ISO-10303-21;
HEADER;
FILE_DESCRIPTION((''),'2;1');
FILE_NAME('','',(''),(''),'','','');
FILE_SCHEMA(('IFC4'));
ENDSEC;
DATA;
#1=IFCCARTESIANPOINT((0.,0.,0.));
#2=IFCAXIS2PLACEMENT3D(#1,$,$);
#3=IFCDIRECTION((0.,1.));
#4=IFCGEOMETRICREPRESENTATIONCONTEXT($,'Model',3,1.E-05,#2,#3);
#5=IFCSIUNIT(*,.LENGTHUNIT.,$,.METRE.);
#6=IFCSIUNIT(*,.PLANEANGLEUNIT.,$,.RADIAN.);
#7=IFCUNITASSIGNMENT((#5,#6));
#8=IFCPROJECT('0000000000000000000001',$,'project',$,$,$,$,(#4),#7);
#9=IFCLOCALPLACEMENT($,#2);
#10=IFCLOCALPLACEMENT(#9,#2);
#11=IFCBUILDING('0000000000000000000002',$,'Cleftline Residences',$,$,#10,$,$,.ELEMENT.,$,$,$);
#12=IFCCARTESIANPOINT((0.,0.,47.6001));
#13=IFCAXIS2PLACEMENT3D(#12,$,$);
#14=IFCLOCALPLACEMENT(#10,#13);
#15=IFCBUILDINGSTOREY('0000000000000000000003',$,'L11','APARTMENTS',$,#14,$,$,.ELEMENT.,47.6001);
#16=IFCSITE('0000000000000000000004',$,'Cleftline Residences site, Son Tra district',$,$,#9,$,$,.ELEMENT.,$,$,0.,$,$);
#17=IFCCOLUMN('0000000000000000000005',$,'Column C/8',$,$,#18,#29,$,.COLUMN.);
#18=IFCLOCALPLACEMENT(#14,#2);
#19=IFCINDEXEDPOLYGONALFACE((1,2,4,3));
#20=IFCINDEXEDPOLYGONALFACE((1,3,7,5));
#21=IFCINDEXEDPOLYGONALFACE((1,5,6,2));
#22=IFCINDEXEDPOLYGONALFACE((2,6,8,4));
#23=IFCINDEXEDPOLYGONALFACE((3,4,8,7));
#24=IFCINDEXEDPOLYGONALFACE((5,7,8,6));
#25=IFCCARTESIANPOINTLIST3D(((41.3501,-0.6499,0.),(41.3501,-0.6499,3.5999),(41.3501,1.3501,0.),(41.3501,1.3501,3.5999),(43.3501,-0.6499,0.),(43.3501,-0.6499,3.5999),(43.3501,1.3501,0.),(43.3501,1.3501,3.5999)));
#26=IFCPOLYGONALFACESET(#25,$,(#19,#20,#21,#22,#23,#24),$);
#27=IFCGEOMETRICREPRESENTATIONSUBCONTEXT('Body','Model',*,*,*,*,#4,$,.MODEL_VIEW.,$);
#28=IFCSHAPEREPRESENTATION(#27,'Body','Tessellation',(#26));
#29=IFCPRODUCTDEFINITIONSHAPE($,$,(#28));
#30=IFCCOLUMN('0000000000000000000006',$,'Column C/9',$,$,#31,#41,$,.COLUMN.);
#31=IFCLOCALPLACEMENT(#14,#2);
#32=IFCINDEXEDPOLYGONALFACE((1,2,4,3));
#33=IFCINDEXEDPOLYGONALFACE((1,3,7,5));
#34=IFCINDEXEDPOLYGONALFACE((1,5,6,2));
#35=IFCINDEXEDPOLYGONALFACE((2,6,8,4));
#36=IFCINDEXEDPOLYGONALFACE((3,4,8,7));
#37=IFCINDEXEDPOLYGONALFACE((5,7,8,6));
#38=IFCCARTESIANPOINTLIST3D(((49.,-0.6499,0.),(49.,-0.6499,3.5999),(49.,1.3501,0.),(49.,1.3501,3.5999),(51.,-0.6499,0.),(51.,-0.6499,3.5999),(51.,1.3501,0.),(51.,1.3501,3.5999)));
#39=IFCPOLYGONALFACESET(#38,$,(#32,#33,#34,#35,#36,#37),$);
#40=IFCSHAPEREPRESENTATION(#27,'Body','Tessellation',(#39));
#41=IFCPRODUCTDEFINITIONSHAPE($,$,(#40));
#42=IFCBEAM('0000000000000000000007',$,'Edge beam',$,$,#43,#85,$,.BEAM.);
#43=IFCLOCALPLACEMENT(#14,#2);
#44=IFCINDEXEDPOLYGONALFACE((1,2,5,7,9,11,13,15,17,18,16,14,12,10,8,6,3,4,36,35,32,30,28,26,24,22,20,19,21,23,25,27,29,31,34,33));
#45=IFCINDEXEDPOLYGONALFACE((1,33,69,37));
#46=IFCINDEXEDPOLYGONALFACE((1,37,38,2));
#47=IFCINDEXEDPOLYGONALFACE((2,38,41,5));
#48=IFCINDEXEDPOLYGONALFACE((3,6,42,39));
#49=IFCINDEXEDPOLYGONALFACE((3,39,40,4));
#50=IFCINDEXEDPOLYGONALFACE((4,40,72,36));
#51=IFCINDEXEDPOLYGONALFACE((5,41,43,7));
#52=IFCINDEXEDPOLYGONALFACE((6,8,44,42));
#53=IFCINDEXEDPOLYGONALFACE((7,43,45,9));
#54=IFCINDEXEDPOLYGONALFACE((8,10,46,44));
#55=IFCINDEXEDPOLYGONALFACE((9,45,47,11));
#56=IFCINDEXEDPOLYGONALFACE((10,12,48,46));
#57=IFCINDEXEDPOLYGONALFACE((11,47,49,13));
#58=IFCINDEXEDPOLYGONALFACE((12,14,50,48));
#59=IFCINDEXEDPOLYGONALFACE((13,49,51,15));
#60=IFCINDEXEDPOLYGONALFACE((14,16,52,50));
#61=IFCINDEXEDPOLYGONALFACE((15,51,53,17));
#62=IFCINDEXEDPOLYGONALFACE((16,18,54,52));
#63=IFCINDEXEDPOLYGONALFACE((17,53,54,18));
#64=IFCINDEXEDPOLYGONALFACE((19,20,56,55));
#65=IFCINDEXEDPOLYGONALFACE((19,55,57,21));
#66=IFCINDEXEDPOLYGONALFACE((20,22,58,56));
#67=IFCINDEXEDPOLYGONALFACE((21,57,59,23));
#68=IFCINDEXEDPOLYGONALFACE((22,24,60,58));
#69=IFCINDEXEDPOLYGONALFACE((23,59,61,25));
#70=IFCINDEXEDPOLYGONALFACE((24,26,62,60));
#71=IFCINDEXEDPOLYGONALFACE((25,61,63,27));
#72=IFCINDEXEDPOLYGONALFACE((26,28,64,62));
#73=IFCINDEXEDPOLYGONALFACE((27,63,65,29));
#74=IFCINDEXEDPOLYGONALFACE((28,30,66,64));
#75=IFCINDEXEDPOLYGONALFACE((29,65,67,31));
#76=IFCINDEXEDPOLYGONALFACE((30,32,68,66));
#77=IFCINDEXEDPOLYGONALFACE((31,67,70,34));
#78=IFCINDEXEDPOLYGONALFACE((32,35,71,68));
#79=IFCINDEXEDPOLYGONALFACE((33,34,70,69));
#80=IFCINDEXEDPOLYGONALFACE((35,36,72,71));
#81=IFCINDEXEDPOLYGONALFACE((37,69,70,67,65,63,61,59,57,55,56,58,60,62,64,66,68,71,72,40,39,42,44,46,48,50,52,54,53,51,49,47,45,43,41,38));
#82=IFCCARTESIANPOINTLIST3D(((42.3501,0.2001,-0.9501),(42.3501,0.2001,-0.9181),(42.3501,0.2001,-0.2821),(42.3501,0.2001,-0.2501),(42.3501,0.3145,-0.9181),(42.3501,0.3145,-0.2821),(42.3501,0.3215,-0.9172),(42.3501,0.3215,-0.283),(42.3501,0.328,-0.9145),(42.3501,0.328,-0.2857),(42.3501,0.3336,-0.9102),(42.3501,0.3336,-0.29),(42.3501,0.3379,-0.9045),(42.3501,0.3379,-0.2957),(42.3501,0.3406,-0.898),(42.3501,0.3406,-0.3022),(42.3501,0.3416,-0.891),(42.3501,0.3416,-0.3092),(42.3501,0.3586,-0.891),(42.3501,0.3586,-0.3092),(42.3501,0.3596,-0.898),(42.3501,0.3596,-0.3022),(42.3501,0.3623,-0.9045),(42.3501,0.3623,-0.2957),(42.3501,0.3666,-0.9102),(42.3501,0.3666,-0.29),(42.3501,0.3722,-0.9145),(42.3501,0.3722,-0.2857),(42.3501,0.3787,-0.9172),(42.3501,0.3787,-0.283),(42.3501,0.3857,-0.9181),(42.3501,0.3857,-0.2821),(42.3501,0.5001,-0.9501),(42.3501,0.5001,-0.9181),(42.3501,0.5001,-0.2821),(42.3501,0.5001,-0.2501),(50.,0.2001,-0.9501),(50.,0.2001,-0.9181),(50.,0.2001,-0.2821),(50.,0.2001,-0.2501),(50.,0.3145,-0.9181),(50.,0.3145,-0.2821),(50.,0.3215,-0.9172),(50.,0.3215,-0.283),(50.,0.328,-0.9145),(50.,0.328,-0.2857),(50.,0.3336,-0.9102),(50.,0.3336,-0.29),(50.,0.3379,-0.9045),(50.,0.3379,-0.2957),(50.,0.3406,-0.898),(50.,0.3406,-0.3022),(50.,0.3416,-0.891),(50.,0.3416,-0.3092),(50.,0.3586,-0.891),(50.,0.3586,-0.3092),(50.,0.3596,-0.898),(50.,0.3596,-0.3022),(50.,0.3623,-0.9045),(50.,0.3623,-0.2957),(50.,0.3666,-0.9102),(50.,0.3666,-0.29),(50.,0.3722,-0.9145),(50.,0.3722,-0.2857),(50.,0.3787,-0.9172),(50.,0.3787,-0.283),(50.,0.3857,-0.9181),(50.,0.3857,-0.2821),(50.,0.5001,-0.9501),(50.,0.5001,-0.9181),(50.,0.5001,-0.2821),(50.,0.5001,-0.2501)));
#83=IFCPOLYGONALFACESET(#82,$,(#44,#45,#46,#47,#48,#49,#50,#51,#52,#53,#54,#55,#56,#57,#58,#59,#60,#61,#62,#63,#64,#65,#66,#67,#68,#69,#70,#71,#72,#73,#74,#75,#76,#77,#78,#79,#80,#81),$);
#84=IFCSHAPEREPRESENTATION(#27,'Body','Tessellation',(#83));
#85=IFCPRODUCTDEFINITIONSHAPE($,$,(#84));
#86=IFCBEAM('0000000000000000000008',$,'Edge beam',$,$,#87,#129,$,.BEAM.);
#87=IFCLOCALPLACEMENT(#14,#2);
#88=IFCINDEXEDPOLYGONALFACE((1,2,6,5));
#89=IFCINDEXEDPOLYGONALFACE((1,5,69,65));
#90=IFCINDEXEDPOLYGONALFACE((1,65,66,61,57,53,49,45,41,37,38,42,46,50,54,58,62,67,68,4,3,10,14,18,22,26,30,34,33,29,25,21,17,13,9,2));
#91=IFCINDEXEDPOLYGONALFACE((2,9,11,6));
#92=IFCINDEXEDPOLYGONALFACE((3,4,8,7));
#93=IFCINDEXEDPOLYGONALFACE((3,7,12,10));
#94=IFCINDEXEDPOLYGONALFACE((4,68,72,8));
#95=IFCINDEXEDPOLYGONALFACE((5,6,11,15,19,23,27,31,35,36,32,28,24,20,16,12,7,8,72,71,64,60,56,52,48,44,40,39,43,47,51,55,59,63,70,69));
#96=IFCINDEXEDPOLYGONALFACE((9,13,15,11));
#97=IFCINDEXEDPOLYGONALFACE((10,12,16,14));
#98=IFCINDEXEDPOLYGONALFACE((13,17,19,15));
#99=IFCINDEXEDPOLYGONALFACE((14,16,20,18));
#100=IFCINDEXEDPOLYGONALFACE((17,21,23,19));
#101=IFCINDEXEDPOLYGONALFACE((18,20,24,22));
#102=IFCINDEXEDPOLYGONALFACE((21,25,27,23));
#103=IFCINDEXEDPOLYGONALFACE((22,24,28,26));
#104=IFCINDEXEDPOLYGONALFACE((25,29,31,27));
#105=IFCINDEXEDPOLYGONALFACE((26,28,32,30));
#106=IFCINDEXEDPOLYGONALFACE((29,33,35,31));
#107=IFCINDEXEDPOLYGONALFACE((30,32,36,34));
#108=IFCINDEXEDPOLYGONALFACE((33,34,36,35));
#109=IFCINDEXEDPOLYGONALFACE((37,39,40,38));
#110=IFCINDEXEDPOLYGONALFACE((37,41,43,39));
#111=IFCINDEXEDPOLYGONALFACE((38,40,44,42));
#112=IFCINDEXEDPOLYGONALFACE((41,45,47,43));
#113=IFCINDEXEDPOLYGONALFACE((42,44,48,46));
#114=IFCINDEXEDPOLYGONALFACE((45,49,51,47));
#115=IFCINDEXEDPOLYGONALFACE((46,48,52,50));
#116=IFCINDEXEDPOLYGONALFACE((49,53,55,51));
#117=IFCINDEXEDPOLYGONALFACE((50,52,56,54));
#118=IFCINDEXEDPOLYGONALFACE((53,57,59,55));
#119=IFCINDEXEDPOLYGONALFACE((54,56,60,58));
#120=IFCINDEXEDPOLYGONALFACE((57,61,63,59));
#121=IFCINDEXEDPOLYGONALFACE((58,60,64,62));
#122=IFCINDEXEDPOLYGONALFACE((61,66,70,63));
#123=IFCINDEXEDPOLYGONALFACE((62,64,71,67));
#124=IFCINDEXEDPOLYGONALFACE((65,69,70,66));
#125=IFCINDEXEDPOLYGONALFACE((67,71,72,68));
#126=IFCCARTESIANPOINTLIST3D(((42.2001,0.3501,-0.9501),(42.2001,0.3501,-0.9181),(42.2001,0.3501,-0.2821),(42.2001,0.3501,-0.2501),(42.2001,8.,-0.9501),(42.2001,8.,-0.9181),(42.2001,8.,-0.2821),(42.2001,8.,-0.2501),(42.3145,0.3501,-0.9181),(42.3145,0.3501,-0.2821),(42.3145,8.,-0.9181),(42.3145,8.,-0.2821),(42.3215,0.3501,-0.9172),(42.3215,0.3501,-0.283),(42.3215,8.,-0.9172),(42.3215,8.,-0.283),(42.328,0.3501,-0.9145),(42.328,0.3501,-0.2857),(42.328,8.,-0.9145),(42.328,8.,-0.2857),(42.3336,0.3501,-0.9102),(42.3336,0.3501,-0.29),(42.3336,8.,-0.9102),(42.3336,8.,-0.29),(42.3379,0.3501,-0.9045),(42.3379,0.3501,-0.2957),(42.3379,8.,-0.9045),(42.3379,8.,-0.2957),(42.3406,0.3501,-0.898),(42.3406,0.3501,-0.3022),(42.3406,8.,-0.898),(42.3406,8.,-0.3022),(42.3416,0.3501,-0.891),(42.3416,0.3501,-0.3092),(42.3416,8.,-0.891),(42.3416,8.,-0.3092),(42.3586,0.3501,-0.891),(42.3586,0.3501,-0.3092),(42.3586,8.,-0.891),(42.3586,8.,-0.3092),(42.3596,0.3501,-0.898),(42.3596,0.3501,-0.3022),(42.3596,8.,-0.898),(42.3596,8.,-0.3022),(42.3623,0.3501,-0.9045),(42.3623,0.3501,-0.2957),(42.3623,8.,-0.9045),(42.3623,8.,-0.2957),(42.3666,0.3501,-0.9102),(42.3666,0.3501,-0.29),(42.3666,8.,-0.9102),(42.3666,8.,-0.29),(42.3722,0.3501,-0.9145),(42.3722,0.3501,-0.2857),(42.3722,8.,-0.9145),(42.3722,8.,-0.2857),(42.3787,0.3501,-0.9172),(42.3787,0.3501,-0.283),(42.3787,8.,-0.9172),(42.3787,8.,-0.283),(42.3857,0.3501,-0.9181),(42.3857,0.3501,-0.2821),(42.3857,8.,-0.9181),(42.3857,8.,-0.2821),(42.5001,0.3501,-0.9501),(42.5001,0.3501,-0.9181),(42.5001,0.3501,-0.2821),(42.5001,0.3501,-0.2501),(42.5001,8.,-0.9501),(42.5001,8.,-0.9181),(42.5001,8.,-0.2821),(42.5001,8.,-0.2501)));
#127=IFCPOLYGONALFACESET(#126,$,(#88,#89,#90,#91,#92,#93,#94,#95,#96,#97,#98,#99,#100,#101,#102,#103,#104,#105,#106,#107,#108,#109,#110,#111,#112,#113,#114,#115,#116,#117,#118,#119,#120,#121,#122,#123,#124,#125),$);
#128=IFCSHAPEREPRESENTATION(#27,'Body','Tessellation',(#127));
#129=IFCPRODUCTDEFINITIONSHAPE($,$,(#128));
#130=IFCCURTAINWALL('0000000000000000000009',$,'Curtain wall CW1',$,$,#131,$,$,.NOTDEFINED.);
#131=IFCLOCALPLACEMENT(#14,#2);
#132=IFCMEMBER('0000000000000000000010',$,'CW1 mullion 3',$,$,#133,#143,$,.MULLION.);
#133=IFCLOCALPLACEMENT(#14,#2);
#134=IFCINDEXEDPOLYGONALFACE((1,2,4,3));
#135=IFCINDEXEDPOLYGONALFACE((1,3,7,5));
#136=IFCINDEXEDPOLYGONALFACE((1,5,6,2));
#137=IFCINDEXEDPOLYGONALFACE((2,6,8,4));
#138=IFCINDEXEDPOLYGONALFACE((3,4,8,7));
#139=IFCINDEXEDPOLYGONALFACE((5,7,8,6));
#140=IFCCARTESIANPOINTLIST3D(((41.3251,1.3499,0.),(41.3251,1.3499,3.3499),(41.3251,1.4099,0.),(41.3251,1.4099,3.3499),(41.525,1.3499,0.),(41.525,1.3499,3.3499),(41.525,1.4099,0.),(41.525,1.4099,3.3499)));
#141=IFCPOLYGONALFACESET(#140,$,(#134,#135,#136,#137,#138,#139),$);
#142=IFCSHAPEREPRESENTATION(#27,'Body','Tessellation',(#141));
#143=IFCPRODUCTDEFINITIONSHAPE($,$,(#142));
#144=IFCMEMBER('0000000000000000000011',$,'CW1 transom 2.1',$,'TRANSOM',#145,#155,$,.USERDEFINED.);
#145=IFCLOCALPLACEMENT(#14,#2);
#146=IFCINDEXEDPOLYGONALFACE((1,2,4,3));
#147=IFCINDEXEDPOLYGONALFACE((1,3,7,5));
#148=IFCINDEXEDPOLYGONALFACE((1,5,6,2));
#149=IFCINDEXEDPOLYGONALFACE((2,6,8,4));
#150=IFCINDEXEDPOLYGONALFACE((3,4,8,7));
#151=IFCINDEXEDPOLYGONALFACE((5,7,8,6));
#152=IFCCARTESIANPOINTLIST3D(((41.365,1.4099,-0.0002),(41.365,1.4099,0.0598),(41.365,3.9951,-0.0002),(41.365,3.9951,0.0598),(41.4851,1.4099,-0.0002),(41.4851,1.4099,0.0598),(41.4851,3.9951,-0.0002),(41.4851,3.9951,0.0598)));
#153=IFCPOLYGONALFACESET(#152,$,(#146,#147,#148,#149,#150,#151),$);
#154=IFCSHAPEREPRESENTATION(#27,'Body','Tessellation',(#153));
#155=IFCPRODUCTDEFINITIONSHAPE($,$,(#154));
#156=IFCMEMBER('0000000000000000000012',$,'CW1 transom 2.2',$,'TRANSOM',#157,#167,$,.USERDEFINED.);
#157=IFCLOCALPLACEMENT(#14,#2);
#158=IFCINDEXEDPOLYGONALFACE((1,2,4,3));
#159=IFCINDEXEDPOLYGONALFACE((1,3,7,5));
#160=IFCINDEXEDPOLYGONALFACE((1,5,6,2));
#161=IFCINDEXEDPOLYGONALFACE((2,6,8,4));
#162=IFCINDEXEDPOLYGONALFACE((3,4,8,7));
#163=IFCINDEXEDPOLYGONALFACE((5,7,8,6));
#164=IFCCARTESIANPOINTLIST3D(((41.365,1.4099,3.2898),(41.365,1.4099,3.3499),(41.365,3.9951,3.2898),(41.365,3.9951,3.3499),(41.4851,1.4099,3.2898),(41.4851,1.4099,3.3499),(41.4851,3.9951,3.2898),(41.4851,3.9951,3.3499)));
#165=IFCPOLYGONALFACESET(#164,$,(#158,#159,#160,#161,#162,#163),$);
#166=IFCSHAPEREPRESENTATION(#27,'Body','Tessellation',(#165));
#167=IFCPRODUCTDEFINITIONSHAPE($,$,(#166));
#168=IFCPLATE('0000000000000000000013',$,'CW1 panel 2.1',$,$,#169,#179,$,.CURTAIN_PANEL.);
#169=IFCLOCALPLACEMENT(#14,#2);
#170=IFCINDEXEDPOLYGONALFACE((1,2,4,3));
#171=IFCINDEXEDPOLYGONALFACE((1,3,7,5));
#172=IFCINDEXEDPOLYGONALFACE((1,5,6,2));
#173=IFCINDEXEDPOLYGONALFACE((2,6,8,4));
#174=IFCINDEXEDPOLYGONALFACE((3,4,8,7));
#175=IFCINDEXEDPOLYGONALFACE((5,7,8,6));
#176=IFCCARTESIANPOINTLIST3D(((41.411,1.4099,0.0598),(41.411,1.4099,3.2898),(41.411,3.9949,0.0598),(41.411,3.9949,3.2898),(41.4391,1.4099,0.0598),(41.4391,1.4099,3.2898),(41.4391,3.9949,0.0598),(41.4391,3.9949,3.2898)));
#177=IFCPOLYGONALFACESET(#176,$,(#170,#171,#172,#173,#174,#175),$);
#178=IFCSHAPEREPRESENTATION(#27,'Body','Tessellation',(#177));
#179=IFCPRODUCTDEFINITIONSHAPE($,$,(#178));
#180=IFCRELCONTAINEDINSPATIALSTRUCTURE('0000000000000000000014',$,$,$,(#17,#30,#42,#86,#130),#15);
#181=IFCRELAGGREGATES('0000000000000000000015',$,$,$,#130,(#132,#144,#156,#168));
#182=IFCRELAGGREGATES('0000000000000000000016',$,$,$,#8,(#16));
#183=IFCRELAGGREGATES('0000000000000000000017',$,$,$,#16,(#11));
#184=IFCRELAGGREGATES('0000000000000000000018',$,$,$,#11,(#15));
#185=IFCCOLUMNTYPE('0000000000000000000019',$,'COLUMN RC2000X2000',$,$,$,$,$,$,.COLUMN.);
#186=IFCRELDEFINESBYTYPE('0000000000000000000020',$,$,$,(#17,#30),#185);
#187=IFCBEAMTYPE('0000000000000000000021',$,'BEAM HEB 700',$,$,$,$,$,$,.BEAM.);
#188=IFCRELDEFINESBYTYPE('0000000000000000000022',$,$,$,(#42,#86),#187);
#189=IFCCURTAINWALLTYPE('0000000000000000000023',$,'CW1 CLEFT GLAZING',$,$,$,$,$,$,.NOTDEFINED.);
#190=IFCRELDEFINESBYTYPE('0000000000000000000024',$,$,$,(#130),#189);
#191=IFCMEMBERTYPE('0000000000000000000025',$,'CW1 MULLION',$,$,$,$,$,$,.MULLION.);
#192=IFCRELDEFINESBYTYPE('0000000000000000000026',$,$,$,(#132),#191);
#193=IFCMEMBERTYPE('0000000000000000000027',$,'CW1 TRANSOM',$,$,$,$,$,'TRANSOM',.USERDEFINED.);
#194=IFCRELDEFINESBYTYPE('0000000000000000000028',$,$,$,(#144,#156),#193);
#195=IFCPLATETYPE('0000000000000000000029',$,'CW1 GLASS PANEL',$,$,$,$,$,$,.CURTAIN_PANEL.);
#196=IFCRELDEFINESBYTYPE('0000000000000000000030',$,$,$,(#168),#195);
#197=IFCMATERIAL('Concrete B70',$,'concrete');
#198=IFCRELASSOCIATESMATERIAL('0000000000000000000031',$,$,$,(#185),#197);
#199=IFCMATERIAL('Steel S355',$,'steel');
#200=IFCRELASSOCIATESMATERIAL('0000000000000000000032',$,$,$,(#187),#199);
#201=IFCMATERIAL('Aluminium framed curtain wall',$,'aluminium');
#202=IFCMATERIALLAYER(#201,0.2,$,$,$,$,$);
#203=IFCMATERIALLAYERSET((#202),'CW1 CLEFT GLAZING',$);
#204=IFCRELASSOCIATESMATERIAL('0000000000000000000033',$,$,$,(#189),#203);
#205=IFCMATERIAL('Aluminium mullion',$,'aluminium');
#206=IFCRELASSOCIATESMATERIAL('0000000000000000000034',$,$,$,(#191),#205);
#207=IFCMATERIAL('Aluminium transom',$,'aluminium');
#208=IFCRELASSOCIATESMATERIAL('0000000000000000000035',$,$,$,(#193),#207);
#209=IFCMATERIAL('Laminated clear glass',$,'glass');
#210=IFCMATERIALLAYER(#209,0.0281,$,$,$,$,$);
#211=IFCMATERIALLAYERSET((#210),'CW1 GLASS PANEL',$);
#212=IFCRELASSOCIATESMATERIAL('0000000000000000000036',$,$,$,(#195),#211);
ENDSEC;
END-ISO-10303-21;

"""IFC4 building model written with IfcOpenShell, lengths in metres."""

from ifc_helpers import new_model, si_unit, direction, frame, origin, origin_2d, place, context, subcontext, project, spatial, rectangle, i_section, extrude, material, layer, layer_set, material_profile, profile_set, type_object, element, aggregate, save


model = new_model("IFC4")

# Units and contexts
model_context = context("Model", 3, precision=1e-05, world=origin(), true_north=direction((0.0, 1.0)))
body_context = subcontext(model_context, "Body", "Model", "MODEL_VIEW")
ifc_project = project(units=[si_unit("LENGTHUNIT", "METRE"), si_unit("PLANEANGLEUNIT", "RADIAN")], contexts=[model_context])

# Site, building, storey
site_placement = place(None, origin())
site = spatial("IfcSite", under=ifc_project, at=site_placement, Name="Cleftline Residences site, Son Tra district", CompositionType="ELEMENT", RefElevation=0.0)
building_placement = place(site_placement, origin())
building = spatial("IfcBuilding", under=site, at=building_placement, Name="Cleftline Residences", CompositionType="ELEMENT")
storey_placement = place(building_placement, frame((0.0, 0.0, 47.6001)))
storey = spatial("IfcBuildingStorey", under=building, at=storey_placement, Name="L11", Description="APARTMENTS", CompositionType="ELEMENT", Elevation=47.6001)

# Columns
ifc_material_1 = material(Name="Concrete B70", Category="concrete")
ifc_material_profile_1 = material_profile(ifc_material_1, rectangle(XDim=2.0, YDim=2.0, at=origin_2d()))
ifc_profile_set_1 = profile_set([ifc_material_profile_1], Name="Concrete B70")
column_type = type_object("IfcColumnType", Name="COLUMN RC2000X2000", PredefinedType="COLUMN", material=ifc_profile_set_1)
for number, where, z_axis, x_axis, name in (
    (1, (42.3501, 0.3501, 0.0), (0.0, 0.0, 1.0), (1.0, 0.0, 0.0), "Column C/8"),
    (2, (50.0, 0.3501, 0.0), (0.0, 0.0, 1.0), (1.0, 0.0, 0.0), "Column C/9"),
):
    element("IfcColumn", number, at=place(storey_placement, frame(where, z_axis=z_axis, x_axis=x_axis)), inside=storey, type_object=column_type, Name=name, PredefinedType="COLUMN", context=body_context, shape_type="SweptSolid", body=[
        extrude(rectangle(XDim=2.0, YDim=2.0, at=origin_2d()), origin(), (0.0, 0.0, 1.0), 3.5999),
    ])

# Beams
ifc_material_2 = material(Name="Steel S355", Category="steel")
ifc_material_profile_2 = material_profile(ifc_material_2, i_section(OverallWidth=0.3, OverallDepth=0.7, WebThickness=0.0171, FlangeThickness=0.032, FilletRadius=0.0271, at=origin_2d()))
ifc_profile_set_2 = profile_set([ifc_material_profile_2], Name="Steel S355")
beam_type = type_object("IfcBeamType", Name="BEAM HEB 700", PredefinedType="BEAM", material=ifc_profile_set_2)
for number, where, z_axis, x_axis, name in (
    (3, (50.0, 0.3501, -0.6001), (-1.0, 0.0, 0.0), (0.0, -1.0, 0.0), "Edge beam"),
    (4, (42.3501, 0.3501, -0.6001), (0.0, 1.0, 0.0), (-1.0, 0.0, 0.0), "Edge beam"),
):
    element("IfcBeam", number, at=place(storey_placement, frame(where, z_axis=z_axis, x_axis=x_axis)), inside=storey, type_object=beam_type, Name=name, PredefinedType="BEAM", context=body_context, shape_type="SweptSolid", body=[
        extrude(i_section(OverallWidth=0.3, OverallDepth=0.7, WebThickness=0.0171, FlangeThickness=0.032, FilletRadius=0.0271, at=origin_2d()), origin(), (0.0, 0.0, 1.0), 7.6499),
    ])

# Curtain wall, members, plate
ifc_material_3 = material(Name="Aluminium framed curtain wall", Category="aluminium")
ifc_layer_1 = layer(ifc_material_3, 0.2)
ifc_layer_set_1 = layer_set([ifc_layer_1], Name="CW1 CLEFT GLAZING")
curtain_wall_type = type_object("IfcCurtainWallType", Name="CW1 CLEFT GLAZING", PredefinedType="NOTDEFINED", material=ifc_layer_set_1)
curtain_wall_placement = place(storey_placement, origin())
curtain_wall = element("IfcCurtainWall", 5, at=curtain_wall_placement, inside=storey, type_object=curtain_wall_type, Name="Curtain wall CW1", PredefinedType="NOTDEFINED")
ifc_material_4 = material(Name="Aluminium mullion", Category="aluminium")
ifc_material_profile_3 = material_profile(ifc_material_4, rectangle(XDim=0.2, YDim=0.0601, at=origin_2d()))
ifc_profile_set_3 = profile_set([ifc_material_profile_3], Name="Aluminium mullion")
member_type_1 = type_object("IfcMemberType", Name="CW1 MULLION", PredefinedType="MULLION", material=ifc_profile_set_3)
member_1_placement = place(storey_placement, frame((41.425, 1.3799, 0.0), z_axis=(0.0, 0.0, 1.0), x_axis=(1.0, 0.0, 0.0)))
member_1 = element("IfcMember", 6, at=member_1_placement, type_object=member_type_1, Name="CW1 mullion 3", PredefinedType="MULLION", context=body_context, shape_type="SweptSolid", body=[
    extrude(rectangle(XDim=0.2, YDim=0.0601, at=origin_2d()), origin(), (0.0, 0.0, 1.0), 3.3499),
])
ifc_material_5 = material(Name="Aluminium transom", Category="aluminium")
ifc_material_profile_4 = material_profile(ifc_material_5, rectangle(XDim=0.1201, YDim=0.0601, at=origin_2d()))
ifc_profile_set_4 = profile_set([ifc_material_profile_4], Name="Aluminium transom")
member_type_2 = type_object("IfcMemberType", Name="CW1 TRANSOM", ElementType="TRANSOM", PredefinedType="USERDEFINED", material=ifc_profile_set_4)
member_2_placement = place(storey_placement, frame((41.425, 3.9951, 0.0298), z_axis=(0.0, -1.0, 0.0), x_axis=(1.0, 0.0, 0.0)))
member_2 = element("IfcMember", 7, at=member_2_placement, type_object=member_type_2, Name="CW1 transom 2.1", ObjectType="TRANSOM", PredefinedType="USERDEFINED", context=body_context, shape_type="SweptSolid", body=[
    extrude(rectangle(XDim=0.1201, YDim=0.0601, at=origin_2d()), origin(), (0.0, 0.0, 1.0), 2.5852),
])
member_3_placement = place(storey_placement, frame((41.425, 3.9951, 3.3198), z_axis=(0.0, -1.0, 0.0), x_axis=(1.0, 0.0, 0.0)))
member_3 = element("IfcMember", 8, at=member_3_placement, type_object=member_type_2, Name="CW1 transom 2.2", ObjectType="TRANSOM", PredefinedType="USERDEFINED", context=body_context, shape_type="SweptSolid", body=[
    extrude(rectangle(XDim=0.1201, YDim=0.0601, at=origin_2d()), origin(), (0.0, 0.0, 1.0), 2.5852),
])
ifc_material_6 = material(Name="Laminated clear glass", Category="glass")
ifc_layer_2 = layer(ifc_material_6, 0.0281)
ifc_layer_set_2 = layer_set([ifc_layer_2], Name="CW1 GLASS PANEL")
plate_type = type_object("IfcPlateType", Name="CW1 GLASS PANEL", PredefinedType="CURTAIN_PANEL", material=ifc_layer_set_2)
plate_placement = place(storey_placement, frame((41.425, 2.7024, 0.0598), z_axis=(0.0, 0.0, 1.0), x_axis=(0.0, -1.0, 0.0)))
plate = element("IfcPlate", 9, at=plate_placement, type_object=plate_type, Name="CW1 panel 2.1", PredefinedType="CURTAIN_PANEL", context=body_context, shape_type="SweptSolid", body=[
    extrude(rectangle(XDim=2.585, YDim=0.0281, at=origin_2d()), origin(), (0.0, 0.0, 1.0), 3.23),
])
aggregate(curtain_wall, [member_1, member_2, member_3, plate])

save(model, "model.ifc")
